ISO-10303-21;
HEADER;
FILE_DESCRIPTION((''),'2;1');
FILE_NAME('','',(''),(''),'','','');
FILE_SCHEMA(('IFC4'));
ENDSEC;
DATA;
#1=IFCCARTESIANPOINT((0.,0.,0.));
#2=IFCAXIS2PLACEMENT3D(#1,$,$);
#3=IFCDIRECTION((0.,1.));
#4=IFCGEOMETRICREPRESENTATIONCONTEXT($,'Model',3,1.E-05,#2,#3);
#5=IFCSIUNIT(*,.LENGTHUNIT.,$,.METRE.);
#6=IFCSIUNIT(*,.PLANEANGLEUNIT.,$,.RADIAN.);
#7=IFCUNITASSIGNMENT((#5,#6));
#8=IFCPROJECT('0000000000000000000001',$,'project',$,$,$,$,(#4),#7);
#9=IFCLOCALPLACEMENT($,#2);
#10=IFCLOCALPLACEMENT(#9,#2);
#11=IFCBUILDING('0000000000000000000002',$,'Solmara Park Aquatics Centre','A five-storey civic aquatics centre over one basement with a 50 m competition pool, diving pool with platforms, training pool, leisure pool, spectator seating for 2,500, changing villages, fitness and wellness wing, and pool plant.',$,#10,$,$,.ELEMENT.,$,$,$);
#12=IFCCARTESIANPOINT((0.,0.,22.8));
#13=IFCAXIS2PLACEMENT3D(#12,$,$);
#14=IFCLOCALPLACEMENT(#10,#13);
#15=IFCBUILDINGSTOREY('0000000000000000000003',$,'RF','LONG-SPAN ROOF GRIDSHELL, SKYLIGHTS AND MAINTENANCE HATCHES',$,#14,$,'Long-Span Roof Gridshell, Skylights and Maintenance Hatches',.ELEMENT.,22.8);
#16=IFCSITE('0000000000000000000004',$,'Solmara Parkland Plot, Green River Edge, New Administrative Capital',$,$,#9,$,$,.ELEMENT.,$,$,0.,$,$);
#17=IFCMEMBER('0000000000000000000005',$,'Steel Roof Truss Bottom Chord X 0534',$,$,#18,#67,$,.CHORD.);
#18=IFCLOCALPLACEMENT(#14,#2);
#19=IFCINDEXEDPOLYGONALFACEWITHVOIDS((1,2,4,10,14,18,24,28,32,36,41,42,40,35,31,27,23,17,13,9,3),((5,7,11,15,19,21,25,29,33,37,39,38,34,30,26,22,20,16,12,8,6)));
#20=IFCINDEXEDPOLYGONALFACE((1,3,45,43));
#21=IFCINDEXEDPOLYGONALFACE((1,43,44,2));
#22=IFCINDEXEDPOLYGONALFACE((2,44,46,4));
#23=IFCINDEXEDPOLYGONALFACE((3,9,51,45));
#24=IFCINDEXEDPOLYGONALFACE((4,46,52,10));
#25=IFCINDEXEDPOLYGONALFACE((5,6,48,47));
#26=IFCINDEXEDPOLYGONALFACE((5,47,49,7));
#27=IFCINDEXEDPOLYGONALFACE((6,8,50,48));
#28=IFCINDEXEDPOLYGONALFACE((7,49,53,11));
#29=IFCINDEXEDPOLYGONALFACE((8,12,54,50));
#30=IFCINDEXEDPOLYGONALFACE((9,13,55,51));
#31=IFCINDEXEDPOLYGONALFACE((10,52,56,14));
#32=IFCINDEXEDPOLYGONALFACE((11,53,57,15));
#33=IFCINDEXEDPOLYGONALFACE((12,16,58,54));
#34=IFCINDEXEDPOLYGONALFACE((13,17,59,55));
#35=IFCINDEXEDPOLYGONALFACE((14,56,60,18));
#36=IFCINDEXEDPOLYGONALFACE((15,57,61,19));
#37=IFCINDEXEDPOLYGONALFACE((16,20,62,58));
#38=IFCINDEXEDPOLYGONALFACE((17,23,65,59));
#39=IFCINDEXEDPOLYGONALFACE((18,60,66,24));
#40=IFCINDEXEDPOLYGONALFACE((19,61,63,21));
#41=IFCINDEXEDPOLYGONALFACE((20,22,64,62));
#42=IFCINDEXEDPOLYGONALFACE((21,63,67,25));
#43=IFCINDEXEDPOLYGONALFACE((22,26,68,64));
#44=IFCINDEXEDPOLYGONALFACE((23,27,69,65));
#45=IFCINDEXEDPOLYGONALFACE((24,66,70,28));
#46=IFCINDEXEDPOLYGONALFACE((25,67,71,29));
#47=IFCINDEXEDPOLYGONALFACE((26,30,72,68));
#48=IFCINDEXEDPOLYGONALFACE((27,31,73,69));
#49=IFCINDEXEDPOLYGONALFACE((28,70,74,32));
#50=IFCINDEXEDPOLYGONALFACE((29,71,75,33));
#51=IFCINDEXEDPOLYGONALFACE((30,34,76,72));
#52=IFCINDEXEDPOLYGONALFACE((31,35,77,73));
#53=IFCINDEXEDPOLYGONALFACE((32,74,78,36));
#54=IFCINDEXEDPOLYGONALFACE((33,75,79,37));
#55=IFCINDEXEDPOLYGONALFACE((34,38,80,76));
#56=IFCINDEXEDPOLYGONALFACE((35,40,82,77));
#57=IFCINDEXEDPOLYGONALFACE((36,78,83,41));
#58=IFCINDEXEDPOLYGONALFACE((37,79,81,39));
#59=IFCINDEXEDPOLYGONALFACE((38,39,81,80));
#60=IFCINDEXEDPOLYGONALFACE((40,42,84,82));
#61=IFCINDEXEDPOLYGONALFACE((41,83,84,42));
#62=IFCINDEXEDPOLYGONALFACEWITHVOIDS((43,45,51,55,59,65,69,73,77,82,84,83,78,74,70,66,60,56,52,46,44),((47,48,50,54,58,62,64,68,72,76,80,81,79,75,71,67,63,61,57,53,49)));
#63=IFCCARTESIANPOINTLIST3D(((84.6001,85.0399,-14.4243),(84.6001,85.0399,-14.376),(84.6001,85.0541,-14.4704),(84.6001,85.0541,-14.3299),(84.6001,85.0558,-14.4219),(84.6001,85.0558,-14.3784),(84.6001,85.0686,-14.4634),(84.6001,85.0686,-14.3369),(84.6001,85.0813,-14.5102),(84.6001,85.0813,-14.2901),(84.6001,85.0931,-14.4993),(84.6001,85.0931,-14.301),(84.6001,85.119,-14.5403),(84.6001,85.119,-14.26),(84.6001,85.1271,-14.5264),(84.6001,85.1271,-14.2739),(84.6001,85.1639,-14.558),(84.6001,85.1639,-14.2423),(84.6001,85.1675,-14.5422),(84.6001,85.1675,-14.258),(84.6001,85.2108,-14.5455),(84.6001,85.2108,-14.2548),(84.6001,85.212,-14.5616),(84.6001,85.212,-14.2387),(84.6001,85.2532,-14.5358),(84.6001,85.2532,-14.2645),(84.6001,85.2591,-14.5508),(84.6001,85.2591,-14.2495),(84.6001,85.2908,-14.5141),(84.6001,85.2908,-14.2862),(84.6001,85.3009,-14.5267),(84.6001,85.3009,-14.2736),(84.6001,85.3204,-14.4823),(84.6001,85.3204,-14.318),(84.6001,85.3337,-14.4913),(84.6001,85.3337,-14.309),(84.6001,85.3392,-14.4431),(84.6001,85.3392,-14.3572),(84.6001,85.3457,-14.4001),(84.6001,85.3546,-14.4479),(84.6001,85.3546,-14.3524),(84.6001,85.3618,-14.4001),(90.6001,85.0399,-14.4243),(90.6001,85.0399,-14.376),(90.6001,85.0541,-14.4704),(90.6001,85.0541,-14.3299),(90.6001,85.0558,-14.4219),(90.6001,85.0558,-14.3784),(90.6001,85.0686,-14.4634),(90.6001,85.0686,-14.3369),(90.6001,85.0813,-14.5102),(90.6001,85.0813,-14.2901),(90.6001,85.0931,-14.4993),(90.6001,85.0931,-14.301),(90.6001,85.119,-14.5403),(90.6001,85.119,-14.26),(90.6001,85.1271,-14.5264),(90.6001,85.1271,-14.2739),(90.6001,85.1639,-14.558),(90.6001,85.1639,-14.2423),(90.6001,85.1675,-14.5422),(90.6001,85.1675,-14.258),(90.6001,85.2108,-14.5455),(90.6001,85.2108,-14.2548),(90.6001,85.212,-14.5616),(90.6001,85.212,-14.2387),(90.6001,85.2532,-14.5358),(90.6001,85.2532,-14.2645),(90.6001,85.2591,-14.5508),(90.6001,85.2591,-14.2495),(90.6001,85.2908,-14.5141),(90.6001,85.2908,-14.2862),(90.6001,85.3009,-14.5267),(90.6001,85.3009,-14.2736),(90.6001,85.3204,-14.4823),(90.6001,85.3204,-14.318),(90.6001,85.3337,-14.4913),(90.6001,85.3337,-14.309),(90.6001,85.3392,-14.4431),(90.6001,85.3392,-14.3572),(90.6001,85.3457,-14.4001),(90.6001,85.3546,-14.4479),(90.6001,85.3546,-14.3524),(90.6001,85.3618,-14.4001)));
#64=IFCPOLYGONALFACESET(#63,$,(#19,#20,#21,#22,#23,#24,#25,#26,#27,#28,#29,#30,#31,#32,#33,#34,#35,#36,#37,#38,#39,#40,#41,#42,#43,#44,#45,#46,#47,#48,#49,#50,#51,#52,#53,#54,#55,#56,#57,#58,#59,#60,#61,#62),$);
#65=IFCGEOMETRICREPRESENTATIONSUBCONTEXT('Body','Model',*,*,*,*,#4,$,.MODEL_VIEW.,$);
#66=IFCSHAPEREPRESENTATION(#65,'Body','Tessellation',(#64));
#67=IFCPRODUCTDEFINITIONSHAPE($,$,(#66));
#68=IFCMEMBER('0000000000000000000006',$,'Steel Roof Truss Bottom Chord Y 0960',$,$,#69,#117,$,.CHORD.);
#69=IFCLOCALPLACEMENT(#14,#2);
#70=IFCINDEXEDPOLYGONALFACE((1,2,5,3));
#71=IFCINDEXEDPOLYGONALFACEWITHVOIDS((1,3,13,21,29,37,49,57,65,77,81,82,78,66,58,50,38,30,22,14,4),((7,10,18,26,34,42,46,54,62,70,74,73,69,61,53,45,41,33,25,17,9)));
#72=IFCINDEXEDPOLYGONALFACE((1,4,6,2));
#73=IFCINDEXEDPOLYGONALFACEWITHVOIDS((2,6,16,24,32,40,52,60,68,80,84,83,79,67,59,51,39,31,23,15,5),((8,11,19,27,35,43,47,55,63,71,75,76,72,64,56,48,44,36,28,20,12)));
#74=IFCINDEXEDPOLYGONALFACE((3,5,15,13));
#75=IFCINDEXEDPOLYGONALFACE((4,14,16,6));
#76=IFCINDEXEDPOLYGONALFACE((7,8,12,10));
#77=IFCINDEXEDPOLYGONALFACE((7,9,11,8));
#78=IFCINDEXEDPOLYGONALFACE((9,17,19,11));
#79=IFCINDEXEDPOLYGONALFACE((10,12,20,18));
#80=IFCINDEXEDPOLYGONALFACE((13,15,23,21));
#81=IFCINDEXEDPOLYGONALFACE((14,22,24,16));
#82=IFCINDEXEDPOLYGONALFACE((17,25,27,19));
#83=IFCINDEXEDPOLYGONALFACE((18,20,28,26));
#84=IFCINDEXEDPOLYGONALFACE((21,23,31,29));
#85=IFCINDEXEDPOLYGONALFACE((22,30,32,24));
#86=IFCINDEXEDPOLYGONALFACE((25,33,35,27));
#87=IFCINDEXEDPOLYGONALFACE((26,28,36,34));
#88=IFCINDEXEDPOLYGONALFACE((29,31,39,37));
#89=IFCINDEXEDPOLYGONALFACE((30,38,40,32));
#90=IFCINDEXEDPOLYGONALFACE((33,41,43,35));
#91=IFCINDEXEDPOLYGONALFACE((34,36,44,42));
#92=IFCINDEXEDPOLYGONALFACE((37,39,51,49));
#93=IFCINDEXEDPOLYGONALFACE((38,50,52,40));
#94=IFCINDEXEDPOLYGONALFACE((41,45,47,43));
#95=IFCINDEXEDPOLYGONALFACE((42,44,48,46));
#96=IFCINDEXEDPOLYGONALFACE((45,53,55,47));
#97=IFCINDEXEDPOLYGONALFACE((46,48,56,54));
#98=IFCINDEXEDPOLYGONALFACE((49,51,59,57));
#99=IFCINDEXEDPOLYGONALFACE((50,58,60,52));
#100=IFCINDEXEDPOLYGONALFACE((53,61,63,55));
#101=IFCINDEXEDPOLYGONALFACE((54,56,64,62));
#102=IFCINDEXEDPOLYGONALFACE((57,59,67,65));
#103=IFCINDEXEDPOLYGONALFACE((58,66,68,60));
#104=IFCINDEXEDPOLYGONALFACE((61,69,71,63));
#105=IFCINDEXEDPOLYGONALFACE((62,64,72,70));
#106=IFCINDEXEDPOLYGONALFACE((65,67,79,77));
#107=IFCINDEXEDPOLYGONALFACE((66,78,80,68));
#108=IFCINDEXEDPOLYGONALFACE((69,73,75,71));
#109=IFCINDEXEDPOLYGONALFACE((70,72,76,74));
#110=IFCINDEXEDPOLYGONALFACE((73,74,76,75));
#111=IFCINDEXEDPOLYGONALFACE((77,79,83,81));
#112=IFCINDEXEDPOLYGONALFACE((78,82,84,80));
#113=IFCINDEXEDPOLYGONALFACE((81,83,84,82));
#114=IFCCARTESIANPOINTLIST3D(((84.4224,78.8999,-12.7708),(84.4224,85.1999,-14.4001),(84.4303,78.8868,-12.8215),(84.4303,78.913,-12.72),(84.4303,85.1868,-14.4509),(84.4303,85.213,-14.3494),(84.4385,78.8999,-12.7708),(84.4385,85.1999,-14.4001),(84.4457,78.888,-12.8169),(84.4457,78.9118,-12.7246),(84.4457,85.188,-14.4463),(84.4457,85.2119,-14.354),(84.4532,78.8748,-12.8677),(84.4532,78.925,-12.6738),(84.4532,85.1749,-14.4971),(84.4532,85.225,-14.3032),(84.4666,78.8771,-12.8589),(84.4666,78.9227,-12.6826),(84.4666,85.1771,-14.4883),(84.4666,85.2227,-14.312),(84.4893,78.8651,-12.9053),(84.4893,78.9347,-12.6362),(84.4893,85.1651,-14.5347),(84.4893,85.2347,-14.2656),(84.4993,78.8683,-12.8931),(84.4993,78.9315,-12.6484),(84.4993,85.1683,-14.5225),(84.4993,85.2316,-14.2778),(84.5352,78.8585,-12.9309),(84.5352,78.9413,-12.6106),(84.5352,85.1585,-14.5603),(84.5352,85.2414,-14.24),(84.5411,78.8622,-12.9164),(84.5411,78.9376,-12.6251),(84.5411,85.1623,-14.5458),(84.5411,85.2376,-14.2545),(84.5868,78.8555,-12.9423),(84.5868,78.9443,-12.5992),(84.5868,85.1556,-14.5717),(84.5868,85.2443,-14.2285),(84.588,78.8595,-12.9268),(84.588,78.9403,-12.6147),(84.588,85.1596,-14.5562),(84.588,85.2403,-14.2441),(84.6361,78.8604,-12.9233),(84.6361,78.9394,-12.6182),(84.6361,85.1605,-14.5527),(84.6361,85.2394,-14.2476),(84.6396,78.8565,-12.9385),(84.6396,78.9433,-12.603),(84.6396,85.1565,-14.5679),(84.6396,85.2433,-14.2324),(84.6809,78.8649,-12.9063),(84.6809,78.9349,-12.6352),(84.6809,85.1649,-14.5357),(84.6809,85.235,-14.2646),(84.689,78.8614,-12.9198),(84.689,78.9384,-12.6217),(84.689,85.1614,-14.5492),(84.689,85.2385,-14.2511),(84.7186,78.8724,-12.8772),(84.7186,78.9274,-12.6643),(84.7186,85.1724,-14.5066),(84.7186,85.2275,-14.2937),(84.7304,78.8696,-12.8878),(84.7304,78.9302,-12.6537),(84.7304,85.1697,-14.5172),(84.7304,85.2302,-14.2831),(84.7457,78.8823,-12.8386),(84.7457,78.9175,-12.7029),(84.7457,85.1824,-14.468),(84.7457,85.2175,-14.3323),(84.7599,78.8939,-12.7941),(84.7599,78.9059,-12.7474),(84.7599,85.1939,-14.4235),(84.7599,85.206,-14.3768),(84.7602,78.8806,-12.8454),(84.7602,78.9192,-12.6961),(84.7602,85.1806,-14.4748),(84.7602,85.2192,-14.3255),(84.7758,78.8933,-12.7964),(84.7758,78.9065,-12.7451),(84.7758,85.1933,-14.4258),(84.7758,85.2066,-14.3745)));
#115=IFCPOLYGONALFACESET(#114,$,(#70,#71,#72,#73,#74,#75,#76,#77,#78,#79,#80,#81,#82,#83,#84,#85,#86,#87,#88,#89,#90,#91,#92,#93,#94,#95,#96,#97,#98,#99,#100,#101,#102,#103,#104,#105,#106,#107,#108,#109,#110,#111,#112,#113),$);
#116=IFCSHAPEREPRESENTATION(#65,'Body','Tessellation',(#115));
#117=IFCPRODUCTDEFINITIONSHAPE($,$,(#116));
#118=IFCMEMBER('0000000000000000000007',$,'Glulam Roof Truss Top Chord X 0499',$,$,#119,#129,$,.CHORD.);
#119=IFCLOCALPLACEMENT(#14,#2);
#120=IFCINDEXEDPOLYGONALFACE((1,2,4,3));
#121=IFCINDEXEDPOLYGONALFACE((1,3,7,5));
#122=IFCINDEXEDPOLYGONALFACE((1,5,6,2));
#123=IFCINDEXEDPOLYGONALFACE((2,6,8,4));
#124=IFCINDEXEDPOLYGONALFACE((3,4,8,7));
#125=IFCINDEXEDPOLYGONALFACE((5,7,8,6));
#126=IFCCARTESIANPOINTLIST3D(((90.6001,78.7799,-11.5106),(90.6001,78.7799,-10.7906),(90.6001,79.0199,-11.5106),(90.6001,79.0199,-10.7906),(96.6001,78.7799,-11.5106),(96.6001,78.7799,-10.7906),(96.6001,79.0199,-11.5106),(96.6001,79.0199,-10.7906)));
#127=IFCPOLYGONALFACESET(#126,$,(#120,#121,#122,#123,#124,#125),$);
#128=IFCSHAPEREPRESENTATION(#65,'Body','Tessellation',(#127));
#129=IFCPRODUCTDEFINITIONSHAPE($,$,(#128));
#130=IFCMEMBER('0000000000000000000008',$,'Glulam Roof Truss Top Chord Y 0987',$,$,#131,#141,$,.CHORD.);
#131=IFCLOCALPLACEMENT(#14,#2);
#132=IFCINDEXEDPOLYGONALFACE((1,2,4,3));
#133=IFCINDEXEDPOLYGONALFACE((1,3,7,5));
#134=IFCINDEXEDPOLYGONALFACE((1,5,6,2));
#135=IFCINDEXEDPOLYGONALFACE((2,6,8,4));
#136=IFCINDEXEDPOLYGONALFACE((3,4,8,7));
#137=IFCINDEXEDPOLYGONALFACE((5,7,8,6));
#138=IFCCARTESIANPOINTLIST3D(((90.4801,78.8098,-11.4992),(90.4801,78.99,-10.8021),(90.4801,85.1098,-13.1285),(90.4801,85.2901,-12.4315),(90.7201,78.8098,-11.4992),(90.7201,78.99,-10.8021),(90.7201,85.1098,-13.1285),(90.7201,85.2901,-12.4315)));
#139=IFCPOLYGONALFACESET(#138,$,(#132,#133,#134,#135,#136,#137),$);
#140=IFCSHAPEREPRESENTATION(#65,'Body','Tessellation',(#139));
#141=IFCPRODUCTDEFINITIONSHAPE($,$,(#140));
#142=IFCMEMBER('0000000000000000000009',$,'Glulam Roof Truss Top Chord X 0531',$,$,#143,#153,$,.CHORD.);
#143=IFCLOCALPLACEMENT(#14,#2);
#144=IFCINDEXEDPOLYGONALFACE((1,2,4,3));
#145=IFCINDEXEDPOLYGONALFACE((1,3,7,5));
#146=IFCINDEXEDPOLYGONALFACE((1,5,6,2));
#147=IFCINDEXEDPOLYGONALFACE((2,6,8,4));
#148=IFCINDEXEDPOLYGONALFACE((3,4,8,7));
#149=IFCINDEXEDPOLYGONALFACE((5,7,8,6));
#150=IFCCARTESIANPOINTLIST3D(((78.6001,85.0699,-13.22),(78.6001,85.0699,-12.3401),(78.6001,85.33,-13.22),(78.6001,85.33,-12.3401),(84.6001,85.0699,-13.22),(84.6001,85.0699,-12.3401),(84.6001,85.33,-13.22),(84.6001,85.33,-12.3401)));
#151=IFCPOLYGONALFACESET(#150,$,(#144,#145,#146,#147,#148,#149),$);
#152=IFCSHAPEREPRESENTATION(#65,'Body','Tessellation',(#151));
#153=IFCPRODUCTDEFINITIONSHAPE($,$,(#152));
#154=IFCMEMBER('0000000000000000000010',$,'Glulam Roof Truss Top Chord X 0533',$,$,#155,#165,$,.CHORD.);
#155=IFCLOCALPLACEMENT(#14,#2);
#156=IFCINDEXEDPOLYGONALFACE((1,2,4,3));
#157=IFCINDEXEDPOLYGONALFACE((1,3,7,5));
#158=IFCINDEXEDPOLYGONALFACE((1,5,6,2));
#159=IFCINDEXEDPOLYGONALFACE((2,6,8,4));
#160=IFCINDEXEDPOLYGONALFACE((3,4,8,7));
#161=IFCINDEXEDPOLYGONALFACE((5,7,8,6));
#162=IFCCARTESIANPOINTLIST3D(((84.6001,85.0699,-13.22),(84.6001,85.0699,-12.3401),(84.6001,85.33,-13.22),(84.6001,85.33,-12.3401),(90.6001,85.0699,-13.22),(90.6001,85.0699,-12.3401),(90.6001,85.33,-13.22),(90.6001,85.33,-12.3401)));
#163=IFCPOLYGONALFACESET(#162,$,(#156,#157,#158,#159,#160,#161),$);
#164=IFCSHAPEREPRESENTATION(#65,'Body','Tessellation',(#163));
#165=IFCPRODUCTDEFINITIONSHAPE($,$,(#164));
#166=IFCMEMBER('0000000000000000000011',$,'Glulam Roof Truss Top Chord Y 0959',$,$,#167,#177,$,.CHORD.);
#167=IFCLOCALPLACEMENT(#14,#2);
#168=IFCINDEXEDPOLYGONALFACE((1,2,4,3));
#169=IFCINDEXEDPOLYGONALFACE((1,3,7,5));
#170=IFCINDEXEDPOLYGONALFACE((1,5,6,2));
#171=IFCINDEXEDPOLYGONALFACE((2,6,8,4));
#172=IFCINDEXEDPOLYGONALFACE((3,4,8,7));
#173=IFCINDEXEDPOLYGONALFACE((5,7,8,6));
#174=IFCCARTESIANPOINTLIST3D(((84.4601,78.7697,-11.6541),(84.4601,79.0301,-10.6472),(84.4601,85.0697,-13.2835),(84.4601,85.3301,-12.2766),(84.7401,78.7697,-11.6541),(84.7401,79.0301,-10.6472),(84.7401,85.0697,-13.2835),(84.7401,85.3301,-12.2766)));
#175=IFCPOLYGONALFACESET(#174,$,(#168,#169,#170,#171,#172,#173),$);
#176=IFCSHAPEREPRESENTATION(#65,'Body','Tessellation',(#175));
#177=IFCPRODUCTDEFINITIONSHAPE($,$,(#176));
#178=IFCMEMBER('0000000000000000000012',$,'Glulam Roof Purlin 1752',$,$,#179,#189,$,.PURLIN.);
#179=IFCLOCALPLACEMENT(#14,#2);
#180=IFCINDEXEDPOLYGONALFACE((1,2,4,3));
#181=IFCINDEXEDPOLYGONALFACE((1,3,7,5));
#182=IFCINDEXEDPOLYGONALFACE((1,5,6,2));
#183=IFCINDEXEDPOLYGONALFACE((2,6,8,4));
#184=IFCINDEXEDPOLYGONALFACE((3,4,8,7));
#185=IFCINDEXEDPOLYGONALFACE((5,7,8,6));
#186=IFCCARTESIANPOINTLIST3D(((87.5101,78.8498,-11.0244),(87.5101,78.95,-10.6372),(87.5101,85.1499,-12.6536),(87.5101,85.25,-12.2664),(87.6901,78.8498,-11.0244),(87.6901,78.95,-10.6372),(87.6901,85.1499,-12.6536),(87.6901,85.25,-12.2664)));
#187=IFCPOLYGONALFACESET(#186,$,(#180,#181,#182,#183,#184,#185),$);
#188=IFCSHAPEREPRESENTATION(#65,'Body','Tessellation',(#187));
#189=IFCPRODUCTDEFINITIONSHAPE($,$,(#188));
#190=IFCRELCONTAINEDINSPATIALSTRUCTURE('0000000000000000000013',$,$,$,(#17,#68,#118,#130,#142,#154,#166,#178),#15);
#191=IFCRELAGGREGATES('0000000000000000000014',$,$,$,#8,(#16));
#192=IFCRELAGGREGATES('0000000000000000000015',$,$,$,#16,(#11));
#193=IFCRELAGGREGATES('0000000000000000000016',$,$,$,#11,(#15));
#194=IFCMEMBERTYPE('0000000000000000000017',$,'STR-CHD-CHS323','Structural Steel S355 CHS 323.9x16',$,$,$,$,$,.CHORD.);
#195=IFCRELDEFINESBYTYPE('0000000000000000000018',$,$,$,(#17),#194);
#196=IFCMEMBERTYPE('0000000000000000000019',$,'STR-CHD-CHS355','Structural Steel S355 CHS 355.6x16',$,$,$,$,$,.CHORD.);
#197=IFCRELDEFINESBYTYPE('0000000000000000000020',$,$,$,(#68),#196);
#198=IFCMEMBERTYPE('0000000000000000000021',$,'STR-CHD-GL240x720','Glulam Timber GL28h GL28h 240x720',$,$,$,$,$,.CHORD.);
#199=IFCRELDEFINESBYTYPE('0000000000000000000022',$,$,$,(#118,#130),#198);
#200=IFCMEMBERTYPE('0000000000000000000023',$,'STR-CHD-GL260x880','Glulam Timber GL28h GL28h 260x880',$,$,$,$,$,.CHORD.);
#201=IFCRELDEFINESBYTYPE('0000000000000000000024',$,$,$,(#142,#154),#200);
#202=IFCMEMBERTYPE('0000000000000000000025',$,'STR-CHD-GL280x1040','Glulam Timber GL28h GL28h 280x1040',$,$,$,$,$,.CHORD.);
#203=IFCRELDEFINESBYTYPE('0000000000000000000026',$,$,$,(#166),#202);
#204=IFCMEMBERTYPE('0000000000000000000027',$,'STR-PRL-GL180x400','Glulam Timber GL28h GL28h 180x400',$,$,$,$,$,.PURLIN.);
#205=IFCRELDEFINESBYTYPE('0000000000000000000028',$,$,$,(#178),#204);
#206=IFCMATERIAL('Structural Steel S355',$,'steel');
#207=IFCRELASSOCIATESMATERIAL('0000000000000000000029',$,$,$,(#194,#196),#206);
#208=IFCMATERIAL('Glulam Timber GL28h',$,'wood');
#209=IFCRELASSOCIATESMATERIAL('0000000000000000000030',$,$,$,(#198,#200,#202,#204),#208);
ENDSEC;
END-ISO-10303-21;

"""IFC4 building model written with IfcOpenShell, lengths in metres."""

from ifc_helpers import new_model, si_unit, direction, frame, origin, origin_2d, place, context, subcontext, project, spatial, rectangle, hollow_circle, extrude, material, material_profile, profile_set, type_object, element, save


model = new_model("IFC4")

# Units and contexts
model_context = context("Model", 3, precision=1e-05, world=origin(), true_north=direction((0.0, 1.0)))
body_context = subcontext(model_context, "Body", "Model", "MODEL_VIEW")
ifc_project = project(units=[si_unit("LENGTHUNIT", "METRE"), si_unit("PLANEANGLEUNIT", "RADIAN")], contexts=[model_context])

# Site, building, storey
site_placement = place(None, origin())
site = spatial("IfcSite", under=ifc_project, at=site_placement, Name="Solmara Parkland Plot, Green River Edge, New Administrative Capital", CompositionType="ELEMENT", RefElevation=0.0)
building_placement = place(site_placement, origin())
building = spatial("IfcBuilding", under=site, at=building_placement, Name="Solmara Park Aquatics Centre", Description="A five-storey civic aquatics centre over one basement with a 50 m competition pool, diving pool with platforms, training pool, leisure pool, spectator seating for 2,500, changing villages, fitness and wellness wing, and pool plant.", CompositionType="ELEMENT")
storey_placement = place(building_placement, frame((0.0, 0.0, 22.8)))
storey = spatial("IfcBuildingStorey", under=building, at=storey_placement, Name="RF", Description="LONG-SPAN ROOF GRIDSHELL, SKYLIGHTS AND MAINTENANCE HATCHES", LongName="Long-Span Roof Gridshell, Skylights and Maintenance Hatches", CompositionType="ELEMENT", Elevation=22.8)

# Members
ifc_material_1 = material(Name="Structural Steel S355", Category="steel")
ifc_material_profile_1 = material_profile(ifc_material_1, hollow_circle(Radius=0.1619, WallThickness=0.0161, at=origin_2d()), Name="CHS 323.9x16")
ifc_profile_set_1 = profile_set([ifc_material_profile_1], Name="Structural Steel S355")
member_type_1 = type_object("IfcMemberType", Name="STR-CHD-CHS323", Description="Structural Steel S355 CHS 323.9x16", PredefinedType="CHORD", material=ifc_profile_set_1)
for number, where, z_axis, x_axis, name in (
    (1, (84.6001, 85.2, -14.4001), (1.0, 0.0, 0.0), (0.0, 1.0, 0.0), "Steel Roof Truss Bottom Chord X 0534"),
):
    element("IfcMember", number, at=place(storey_placement, frame(where, z_axis=z_axis, x_axis=x_axis)), inside=storey, type_object=member_type_1, Name=name, PredefinedType="CHORD", context=body_context, shape_type="SweptSolid", body=[
        extrude(hollow_circle(Radius=0.1619, WallThickness=0.0161, at=origin_2d()), origin(), (0.0, 0.0, 1.0), 6.0),
    ])
ifc_material_profile_2 = material_profile(ifc_material_1, hollow_circle(Radius=0.1777, WallThickness=0.0161, at=origin_2d()), Name="CHS 355.6x16")
ifc_profile_set_2 = profile_set([ifc_material_profile_2], Name="Structural Steel S355")
member_type_2 = type_object("IfcMemberType", Name="STR-CHD-CHS355", Description="Structural Steel S355 CHS 355.6x16", PredefinedType="CHORD", material=ifc_profile_set_2)
member_1_placement = place(storey_placement, frame((84.6001, 78.8999, -12.7708), z_axis=(0.0, 0.968144, -0.250393), x_axis=(-1.0, 0.0, 0.0)))
element("IfcMember", 2, at=member_1_placement, inside=storey, type_object=member_type_2, Name="Steel Roof Truss Bottom Chord Y 0960", PredefinedType="CHORD", context=body_context, shape_type="SweptSolid", body=[
    extrude(hollow_circle(Radius=0.1777, WallThickness=0.0161, at=origin_2d()), origin(), (0.0, 0.0, 1.0), 6.5073),
])
ifc_material_2 = material(Name="Glulam Timber GL28h", Category="wood")
ifc_material_profile_3 = material_profile(ifc_material_2, rectangle(XDim=0.24, YDim=0.72, at=origin_2d()), Name="GL28h 240x720")
ifc_profile_set_3 = profile_set([ifc_material_profile_3], Name="Glulam Timber GL28h")
member_type_3 = type_object("IfcMemberType", Name="STR-CHD-GL240x720", Description="Glulam Timber GL28h GL28h 240x720", PredefinedType="CHORD", material=ifc_profile_set_3)
member_2_placement = place(storey_placement, frame((90.6001, 78.8999, -11.1506), z_axis=(1.0, 0.0, 0.0), x_axis=(0.0, 1.0, 0.0)))
element("IfcMember", 3, at=member_2_placement, inside=storey, type_object=member_type_3, Name="Glulam Roof Truss Top Chord X 0499", PredefinedType="CHORD", context=body_context, shape_type="SweptSolid", body=[
    extrude(rectangle(XDim=0.24, YDim=0.72, at=origin_2d()), origin(), (0.0, 0.0, 1.0), 6.0),
])
member_3_placement = place(storey_placement, frame((90.6001, 78.8999, -11.1506), z_axis=(0.0, 0.968144, -0.250393), x_axis=(-1.0, 0.0, 0.0)))
element("IfcMember", 4, at=member_3_placement, inside=storey, type_object=member_type_3, Name="Glulam Roof Truss Top Chord Y 0987", PredefinedType="CHORD", context=body_context, shape_type="SweptSolid", body=[
    extrude(rectangle(XDim=0.24, YDim=0.72, at=origin_2d()), origin(), (0.0, 0.0, 1.0), 6.5073),
])
ifc_material_profile_4 = material_profile(ifc_material_2, rectangle(XDim=0.26, YDim=0.8799, at=origin_2d()), Name="GL28h 260x880")
ifc_profile_set_4 = profile_set([ifc_material_profile_4], Name="Glulam Timber GL28h")
member_type_4 = type_object("IfcMemberType", Name="STR-CHD-GL260x880", Description="Glulam Timber GL28h GL28h 260x880", PredefinedType="CHORD", material=ifc_profile_set_4)
for number, where, z_axis, x_axis, name in (
    (5, (78.6001, 85.2, -12.78), (1.0, 0.0, 0.0), (0.0, 1.0, 0.0), "Glulam Roof Truss Top Chord X 0531"),
    (6, (84.6001, 85.2, -12.78), (1.0, 0.0, 0.0), (0.0, 1.0, 0.0), "Glulam Roof Truss Top Chord X 0533"),
):
    element("IfcMember", number, at=place(storey_placement, frame(where, z_axis=z_axis, x_axis=x_axis)), inside=storey, type_object=member_type_4, Name=name, PredefinedType="CHORD", context=body_context, shape_type="SweptSolid", body=[
        extrude(rectangle(XDim=0.26, YDim=0.8799, at=origin_2d()), origin(), (0.0, 0.0, 1.0), 6.0),
    ])
ifc_material_profile_5 = material_profile(ifc_material_2, rectangle(XDim=0.28, YDim=1.04, at=origin_2d()), Name="GL28h 280x1040")
ifc_profile_set_5 = profile_set([ifc_material_profile_5], Name="Glulam Timber GL28h")
member_type_5 = type_object("IfcMemberType", Name="STR-CHD-GL280x1040", Description="Glulam Timber GL28h GL28h 280x1040", PredefinedType="CHORD", material=ifc_profile_set_5)
member_4_placement = place(storey_placement, frame((84.6001, 78.8999, -11.1506), z_axis=(0.0, 0.968144, -0.250393), x_axis=(-1.0, 0.0, 0.0)))
element("IfcMember", 7, at=member_4_placement, inside=storey, type_object=member_type_5, Name="Glulam Roof Truss Top Chord Y 0959", PredefinedType="CHORD", context=body_context, shape_type="SweptSolid", body=[
    extrude(rectangle(XDim=0.28, YDim=1.04, at=origin_2d()), origin(), (0.0, 0.0, 1.0), 6.5073),
])
ifc_material_profile_6 = material_profile(ifc_material_2, rectangle(XDim=0.1799, YDim=0.3999, at=origin_2d()), Name="GL28h 180x400")
ifc_profile_set_6 = profile_set([ifc_material_profile_6], Name="Glulam Timber GL28h")
member_type_6 = type_object("IfcMemberType", Name="STR-PRL-GL180x400", Description="Glulam Timber GL28h GL28h 180x400", PredefinedType="PURLIN", material=ifc_profile_set_6)
member_5_placement = place(storey_placement, frame((87.6001, 78.8999, -10.8308), z_axis=(0.0, 0.968153, -0.250358), x_axis=(-1.0, 0.0, 0.0)))
element("IfcMember", 8, at=member_5_placement, inside=storey, type_object=member_type_6, Name="Glulam Roof Purlin 1752", PredefinedType="PURLIN", context=body_context, shape_type="SweptSolid", body=[
    extrude(rectangle(XDim=0.1799, YDim=0.3999, at=origin_2d()), origin(), (0.0, 0.0, 1.0), 6.5073),
])

save(model, "model.ifc")
